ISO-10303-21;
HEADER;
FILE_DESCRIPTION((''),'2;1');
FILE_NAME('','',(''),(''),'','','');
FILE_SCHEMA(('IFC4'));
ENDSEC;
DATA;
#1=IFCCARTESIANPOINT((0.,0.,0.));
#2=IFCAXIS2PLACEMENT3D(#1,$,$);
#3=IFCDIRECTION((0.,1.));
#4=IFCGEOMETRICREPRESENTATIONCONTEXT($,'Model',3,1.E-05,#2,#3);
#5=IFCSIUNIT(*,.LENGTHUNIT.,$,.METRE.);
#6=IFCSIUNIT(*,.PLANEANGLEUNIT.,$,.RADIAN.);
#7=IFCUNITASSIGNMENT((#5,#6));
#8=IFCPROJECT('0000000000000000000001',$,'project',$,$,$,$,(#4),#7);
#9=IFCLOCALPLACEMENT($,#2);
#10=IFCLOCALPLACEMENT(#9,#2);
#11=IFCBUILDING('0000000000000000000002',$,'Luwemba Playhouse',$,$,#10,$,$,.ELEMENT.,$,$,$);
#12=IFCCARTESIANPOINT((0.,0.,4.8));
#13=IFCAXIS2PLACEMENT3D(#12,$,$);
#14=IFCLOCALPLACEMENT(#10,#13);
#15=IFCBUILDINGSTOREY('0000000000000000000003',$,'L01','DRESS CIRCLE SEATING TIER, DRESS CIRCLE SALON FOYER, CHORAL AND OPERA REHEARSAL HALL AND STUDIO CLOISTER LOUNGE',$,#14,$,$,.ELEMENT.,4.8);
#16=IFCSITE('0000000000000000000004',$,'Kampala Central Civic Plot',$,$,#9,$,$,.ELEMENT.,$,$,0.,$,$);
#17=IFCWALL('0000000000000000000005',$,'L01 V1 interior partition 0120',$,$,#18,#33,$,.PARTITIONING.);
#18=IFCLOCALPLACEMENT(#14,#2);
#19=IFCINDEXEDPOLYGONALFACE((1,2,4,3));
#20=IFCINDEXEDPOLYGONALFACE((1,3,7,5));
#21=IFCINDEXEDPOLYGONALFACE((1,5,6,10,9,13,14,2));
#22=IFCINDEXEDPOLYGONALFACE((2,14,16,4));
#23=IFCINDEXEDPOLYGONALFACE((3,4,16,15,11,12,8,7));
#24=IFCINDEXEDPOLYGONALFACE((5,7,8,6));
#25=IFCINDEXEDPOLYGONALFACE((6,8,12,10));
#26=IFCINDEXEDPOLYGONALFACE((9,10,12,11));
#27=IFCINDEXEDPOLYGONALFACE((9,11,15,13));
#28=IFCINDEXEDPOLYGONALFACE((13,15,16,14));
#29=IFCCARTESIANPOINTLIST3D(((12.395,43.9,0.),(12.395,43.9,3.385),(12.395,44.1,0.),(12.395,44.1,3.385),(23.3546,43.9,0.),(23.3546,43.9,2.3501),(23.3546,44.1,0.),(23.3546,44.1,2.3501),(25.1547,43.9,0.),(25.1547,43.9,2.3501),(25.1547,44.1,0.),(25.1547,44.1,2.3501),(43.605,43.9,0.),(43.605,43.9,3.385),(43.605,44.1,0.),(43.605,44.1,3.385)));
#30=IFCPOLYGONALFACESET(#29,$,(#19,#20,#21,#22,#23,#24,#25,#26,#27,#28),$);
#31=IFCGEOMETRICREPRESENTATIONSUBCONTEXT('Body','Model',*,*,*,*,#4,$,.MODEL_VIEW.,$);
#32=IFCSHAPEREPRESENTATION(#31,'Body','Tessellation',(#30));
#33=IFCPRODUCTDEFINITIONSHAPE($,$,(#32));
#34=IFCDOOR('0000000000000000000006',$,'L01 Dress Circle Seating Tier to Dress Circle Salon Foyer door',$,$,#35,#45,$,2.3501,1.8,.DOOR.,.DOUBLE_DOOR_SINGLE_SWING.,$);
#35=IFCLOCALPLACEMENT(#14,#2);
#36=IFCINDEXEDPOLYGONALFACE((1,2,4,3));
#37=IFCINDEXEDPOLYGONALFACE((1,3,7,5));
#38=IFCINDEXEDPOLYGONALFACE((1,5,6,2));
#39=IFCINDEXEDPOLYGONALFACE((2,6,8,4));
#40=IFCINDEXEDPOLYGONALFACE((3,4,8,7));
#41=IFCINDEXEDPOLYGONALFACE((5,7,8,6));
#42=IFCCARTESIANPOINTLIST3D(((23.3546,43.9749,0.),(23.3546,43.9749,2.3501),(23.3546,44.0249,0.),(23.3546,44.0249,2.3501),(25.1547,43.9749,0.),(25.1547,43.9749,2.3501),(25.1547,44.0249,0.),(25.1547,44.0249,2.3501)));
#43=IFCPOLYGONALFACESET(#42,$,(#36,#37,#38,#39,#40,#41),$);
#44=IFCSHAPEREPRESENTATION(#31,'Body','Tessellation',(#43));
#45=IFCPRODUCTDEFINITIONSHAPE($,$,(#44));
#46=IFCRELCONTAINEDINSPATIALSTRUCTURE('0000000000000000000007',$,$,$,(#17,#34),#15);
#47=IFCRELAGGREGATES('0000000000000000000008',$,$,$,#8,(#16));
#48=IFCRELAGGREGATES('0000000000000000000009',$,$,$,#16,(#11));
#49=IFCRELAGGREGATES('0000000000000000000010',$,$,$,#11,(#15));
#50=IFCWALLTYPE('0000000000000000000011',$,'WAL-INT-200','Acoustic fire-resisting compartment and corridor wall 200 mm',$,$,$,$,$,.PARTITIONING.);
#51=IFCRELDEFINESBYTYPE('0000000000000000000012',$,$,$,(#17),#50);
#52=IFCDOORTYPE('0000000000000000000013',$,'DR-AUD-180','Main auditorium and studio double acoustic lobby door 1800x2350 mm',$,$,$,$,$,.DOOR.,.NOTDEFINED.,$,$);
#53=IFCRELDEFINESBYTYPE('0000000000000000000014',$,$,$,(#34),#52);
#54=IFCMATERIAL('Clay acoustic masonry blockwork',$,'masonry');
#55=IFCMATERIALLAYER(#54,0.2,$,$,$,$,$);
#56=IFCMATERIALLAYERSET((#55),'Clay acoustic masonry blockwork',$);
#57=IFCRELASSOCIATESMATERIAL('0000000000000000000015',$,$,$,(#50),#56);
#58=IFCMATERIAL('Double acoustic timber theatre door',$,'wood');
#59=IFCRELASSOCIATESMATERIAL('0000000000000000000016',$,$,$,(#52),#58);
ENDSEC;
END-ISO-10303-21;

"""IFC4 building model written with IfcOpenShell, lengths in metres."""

from ifc_helpers import new_model, si_unit, direction, frame, frame_2d, origin, place, context, subcontext, project, spatial, rectangle, extrude, material, layer, layer_set, type_object, element, fill, save


model = new_model("IFC4")

# Units and contexts
model_context = context("Model", 3, precision=1e-05, world=origin(), true_north=direction((0.0, 1.0)))
body_context = subcontext(model_context, "Body", "Model", "MODEL_VIEW")
ifc_project = project(units=[si_unit("LENGTHUNIT", "METRE"), si_unit("PLANEANGLEUNIT", "RADIAN")], contexts=[model_context])

# Site, building, storey
site_placement = place(None, origin())
site = spatial("IfcSite", under=ifc_project, at=site_placement, Name="Kampala Central Civic Plot", CompositionType="ELEMENT", RefElevation=0.0)
building_placement = place(site_placement, origin())
building = spatial("IfcBuilding", under=site, at=building_placement, Name="Luwemba Playhouse", CompositionType="ELEMENT")
storey_placement = place(building_placement, frame((0.0, 0.0, 4.8)))
storey = spatial("IfcBuildingStorey", under=building, at=storey_placement, Name="L01", Description="DRESS CIRCLE SEATING TIER, DRESS CIRCLE SALON FOYER, CHORAL AND OPERA REHEARSAL HALL AND STUDIO CLOISTER LOUNGE", CompositionType="ELEMENT", Elevation=4.8)

# Wall, opening, door
ifc_material_1 = material(Name="Clay acoustic masonry blockwork", Category="masonry")
ifc_layer_1 = layer(ifc_material_1, 0.2)
ifc_layer_set_1 = layer_set([ifc_layer_1], Name="Clay acoustic masonry blockwork")
wall_type_1 = type_object("IfcWallType", Name="WAL-INT-200", Description="Acoustic fire-resisting compartment and corridor wall 200 mm", PredefinedType="PARTITIONING", material=ifc_layer_set_1)
wall_1_placement = place(storey_placement, frame((12.395, 44.0, 0.0), z_axis=(0.0, 0.0, 1.0), x_axis=(1.0, 0.0, 0.0)))
wall_1 = element("IfcWall", 1, at=wall_1_placement, inside=storey, type_object=wall_type_1, Name="L01 V1 interior partition 0120", PredefinedType="PARTITIONING", context=body_context, shape_type="SweptSolid", body=[
    extrude(rectangle(XDim=31.21, YDim=0.2, at=frame_2d((15.605, 0.0))), origin(), (0.0, 0.0, 1.0), 3.385),
])
opening_1_placement = place(wall_1_placement, frame((10.9597, 0.0, 0.0)))
opening_1 = element("IfcOpeningElement", 2, at=opening_1_placement, cuts=wall_1, PredefinedType="OPENING", context=body_context, shape_type="SweptSolid", body=[
    extrude(rectangle(XDim=1.8, YDim=2.3501, at=frame_2d((0.8999, 1.175))), frame((0.0, 0.1099, 0.0), z_axis=(0.0, -1.0, 0.0), x_axis=(1.0, 0.0, 0.0)), (0.0, 0.0, 1.0), 0.22),
])
ifc_material_2 = material(Name="Double acoustic timber theatre door", Category="wood")
door_type = type_object("IfcDoorType", Name="DR-AUD-180", Description="Main auditorium and studio double acoustic lobby door 1800x2350 mm", OperationType="NOTDEFINED", PredefinedType="DOOR", material=ifc_material_2)
door_placement = place(opening_1_placement, origin())
door = element("IfcDoor", 3, at=door_placement, inside=storey, type_object=door_type, Name="L01 Dress Circle Seating Tier to Dress Circle Salon Foyer door", OperationType="DOUBLE_DOOR_SINGLE_SWING", OverallHeight=2.3501, OverallWidth=1.8, PredefinedType="DOOR", context=body_context, shape_type="SweptSolid", body=[
    extrude(rectangle(XDim=1.8, YDim=2.3501, at=frame_2d((0.8999, 1.175))), frame((0.0, 0.0249, 0.0), z_axis=(0.0, -1.0, 0.0), x_axis=(1.0, 0.0, 0.0)), (0.0, 0.0, 1.0), 0.05),
])
fill(opening_1, door)

save(model, "model.ifc")
